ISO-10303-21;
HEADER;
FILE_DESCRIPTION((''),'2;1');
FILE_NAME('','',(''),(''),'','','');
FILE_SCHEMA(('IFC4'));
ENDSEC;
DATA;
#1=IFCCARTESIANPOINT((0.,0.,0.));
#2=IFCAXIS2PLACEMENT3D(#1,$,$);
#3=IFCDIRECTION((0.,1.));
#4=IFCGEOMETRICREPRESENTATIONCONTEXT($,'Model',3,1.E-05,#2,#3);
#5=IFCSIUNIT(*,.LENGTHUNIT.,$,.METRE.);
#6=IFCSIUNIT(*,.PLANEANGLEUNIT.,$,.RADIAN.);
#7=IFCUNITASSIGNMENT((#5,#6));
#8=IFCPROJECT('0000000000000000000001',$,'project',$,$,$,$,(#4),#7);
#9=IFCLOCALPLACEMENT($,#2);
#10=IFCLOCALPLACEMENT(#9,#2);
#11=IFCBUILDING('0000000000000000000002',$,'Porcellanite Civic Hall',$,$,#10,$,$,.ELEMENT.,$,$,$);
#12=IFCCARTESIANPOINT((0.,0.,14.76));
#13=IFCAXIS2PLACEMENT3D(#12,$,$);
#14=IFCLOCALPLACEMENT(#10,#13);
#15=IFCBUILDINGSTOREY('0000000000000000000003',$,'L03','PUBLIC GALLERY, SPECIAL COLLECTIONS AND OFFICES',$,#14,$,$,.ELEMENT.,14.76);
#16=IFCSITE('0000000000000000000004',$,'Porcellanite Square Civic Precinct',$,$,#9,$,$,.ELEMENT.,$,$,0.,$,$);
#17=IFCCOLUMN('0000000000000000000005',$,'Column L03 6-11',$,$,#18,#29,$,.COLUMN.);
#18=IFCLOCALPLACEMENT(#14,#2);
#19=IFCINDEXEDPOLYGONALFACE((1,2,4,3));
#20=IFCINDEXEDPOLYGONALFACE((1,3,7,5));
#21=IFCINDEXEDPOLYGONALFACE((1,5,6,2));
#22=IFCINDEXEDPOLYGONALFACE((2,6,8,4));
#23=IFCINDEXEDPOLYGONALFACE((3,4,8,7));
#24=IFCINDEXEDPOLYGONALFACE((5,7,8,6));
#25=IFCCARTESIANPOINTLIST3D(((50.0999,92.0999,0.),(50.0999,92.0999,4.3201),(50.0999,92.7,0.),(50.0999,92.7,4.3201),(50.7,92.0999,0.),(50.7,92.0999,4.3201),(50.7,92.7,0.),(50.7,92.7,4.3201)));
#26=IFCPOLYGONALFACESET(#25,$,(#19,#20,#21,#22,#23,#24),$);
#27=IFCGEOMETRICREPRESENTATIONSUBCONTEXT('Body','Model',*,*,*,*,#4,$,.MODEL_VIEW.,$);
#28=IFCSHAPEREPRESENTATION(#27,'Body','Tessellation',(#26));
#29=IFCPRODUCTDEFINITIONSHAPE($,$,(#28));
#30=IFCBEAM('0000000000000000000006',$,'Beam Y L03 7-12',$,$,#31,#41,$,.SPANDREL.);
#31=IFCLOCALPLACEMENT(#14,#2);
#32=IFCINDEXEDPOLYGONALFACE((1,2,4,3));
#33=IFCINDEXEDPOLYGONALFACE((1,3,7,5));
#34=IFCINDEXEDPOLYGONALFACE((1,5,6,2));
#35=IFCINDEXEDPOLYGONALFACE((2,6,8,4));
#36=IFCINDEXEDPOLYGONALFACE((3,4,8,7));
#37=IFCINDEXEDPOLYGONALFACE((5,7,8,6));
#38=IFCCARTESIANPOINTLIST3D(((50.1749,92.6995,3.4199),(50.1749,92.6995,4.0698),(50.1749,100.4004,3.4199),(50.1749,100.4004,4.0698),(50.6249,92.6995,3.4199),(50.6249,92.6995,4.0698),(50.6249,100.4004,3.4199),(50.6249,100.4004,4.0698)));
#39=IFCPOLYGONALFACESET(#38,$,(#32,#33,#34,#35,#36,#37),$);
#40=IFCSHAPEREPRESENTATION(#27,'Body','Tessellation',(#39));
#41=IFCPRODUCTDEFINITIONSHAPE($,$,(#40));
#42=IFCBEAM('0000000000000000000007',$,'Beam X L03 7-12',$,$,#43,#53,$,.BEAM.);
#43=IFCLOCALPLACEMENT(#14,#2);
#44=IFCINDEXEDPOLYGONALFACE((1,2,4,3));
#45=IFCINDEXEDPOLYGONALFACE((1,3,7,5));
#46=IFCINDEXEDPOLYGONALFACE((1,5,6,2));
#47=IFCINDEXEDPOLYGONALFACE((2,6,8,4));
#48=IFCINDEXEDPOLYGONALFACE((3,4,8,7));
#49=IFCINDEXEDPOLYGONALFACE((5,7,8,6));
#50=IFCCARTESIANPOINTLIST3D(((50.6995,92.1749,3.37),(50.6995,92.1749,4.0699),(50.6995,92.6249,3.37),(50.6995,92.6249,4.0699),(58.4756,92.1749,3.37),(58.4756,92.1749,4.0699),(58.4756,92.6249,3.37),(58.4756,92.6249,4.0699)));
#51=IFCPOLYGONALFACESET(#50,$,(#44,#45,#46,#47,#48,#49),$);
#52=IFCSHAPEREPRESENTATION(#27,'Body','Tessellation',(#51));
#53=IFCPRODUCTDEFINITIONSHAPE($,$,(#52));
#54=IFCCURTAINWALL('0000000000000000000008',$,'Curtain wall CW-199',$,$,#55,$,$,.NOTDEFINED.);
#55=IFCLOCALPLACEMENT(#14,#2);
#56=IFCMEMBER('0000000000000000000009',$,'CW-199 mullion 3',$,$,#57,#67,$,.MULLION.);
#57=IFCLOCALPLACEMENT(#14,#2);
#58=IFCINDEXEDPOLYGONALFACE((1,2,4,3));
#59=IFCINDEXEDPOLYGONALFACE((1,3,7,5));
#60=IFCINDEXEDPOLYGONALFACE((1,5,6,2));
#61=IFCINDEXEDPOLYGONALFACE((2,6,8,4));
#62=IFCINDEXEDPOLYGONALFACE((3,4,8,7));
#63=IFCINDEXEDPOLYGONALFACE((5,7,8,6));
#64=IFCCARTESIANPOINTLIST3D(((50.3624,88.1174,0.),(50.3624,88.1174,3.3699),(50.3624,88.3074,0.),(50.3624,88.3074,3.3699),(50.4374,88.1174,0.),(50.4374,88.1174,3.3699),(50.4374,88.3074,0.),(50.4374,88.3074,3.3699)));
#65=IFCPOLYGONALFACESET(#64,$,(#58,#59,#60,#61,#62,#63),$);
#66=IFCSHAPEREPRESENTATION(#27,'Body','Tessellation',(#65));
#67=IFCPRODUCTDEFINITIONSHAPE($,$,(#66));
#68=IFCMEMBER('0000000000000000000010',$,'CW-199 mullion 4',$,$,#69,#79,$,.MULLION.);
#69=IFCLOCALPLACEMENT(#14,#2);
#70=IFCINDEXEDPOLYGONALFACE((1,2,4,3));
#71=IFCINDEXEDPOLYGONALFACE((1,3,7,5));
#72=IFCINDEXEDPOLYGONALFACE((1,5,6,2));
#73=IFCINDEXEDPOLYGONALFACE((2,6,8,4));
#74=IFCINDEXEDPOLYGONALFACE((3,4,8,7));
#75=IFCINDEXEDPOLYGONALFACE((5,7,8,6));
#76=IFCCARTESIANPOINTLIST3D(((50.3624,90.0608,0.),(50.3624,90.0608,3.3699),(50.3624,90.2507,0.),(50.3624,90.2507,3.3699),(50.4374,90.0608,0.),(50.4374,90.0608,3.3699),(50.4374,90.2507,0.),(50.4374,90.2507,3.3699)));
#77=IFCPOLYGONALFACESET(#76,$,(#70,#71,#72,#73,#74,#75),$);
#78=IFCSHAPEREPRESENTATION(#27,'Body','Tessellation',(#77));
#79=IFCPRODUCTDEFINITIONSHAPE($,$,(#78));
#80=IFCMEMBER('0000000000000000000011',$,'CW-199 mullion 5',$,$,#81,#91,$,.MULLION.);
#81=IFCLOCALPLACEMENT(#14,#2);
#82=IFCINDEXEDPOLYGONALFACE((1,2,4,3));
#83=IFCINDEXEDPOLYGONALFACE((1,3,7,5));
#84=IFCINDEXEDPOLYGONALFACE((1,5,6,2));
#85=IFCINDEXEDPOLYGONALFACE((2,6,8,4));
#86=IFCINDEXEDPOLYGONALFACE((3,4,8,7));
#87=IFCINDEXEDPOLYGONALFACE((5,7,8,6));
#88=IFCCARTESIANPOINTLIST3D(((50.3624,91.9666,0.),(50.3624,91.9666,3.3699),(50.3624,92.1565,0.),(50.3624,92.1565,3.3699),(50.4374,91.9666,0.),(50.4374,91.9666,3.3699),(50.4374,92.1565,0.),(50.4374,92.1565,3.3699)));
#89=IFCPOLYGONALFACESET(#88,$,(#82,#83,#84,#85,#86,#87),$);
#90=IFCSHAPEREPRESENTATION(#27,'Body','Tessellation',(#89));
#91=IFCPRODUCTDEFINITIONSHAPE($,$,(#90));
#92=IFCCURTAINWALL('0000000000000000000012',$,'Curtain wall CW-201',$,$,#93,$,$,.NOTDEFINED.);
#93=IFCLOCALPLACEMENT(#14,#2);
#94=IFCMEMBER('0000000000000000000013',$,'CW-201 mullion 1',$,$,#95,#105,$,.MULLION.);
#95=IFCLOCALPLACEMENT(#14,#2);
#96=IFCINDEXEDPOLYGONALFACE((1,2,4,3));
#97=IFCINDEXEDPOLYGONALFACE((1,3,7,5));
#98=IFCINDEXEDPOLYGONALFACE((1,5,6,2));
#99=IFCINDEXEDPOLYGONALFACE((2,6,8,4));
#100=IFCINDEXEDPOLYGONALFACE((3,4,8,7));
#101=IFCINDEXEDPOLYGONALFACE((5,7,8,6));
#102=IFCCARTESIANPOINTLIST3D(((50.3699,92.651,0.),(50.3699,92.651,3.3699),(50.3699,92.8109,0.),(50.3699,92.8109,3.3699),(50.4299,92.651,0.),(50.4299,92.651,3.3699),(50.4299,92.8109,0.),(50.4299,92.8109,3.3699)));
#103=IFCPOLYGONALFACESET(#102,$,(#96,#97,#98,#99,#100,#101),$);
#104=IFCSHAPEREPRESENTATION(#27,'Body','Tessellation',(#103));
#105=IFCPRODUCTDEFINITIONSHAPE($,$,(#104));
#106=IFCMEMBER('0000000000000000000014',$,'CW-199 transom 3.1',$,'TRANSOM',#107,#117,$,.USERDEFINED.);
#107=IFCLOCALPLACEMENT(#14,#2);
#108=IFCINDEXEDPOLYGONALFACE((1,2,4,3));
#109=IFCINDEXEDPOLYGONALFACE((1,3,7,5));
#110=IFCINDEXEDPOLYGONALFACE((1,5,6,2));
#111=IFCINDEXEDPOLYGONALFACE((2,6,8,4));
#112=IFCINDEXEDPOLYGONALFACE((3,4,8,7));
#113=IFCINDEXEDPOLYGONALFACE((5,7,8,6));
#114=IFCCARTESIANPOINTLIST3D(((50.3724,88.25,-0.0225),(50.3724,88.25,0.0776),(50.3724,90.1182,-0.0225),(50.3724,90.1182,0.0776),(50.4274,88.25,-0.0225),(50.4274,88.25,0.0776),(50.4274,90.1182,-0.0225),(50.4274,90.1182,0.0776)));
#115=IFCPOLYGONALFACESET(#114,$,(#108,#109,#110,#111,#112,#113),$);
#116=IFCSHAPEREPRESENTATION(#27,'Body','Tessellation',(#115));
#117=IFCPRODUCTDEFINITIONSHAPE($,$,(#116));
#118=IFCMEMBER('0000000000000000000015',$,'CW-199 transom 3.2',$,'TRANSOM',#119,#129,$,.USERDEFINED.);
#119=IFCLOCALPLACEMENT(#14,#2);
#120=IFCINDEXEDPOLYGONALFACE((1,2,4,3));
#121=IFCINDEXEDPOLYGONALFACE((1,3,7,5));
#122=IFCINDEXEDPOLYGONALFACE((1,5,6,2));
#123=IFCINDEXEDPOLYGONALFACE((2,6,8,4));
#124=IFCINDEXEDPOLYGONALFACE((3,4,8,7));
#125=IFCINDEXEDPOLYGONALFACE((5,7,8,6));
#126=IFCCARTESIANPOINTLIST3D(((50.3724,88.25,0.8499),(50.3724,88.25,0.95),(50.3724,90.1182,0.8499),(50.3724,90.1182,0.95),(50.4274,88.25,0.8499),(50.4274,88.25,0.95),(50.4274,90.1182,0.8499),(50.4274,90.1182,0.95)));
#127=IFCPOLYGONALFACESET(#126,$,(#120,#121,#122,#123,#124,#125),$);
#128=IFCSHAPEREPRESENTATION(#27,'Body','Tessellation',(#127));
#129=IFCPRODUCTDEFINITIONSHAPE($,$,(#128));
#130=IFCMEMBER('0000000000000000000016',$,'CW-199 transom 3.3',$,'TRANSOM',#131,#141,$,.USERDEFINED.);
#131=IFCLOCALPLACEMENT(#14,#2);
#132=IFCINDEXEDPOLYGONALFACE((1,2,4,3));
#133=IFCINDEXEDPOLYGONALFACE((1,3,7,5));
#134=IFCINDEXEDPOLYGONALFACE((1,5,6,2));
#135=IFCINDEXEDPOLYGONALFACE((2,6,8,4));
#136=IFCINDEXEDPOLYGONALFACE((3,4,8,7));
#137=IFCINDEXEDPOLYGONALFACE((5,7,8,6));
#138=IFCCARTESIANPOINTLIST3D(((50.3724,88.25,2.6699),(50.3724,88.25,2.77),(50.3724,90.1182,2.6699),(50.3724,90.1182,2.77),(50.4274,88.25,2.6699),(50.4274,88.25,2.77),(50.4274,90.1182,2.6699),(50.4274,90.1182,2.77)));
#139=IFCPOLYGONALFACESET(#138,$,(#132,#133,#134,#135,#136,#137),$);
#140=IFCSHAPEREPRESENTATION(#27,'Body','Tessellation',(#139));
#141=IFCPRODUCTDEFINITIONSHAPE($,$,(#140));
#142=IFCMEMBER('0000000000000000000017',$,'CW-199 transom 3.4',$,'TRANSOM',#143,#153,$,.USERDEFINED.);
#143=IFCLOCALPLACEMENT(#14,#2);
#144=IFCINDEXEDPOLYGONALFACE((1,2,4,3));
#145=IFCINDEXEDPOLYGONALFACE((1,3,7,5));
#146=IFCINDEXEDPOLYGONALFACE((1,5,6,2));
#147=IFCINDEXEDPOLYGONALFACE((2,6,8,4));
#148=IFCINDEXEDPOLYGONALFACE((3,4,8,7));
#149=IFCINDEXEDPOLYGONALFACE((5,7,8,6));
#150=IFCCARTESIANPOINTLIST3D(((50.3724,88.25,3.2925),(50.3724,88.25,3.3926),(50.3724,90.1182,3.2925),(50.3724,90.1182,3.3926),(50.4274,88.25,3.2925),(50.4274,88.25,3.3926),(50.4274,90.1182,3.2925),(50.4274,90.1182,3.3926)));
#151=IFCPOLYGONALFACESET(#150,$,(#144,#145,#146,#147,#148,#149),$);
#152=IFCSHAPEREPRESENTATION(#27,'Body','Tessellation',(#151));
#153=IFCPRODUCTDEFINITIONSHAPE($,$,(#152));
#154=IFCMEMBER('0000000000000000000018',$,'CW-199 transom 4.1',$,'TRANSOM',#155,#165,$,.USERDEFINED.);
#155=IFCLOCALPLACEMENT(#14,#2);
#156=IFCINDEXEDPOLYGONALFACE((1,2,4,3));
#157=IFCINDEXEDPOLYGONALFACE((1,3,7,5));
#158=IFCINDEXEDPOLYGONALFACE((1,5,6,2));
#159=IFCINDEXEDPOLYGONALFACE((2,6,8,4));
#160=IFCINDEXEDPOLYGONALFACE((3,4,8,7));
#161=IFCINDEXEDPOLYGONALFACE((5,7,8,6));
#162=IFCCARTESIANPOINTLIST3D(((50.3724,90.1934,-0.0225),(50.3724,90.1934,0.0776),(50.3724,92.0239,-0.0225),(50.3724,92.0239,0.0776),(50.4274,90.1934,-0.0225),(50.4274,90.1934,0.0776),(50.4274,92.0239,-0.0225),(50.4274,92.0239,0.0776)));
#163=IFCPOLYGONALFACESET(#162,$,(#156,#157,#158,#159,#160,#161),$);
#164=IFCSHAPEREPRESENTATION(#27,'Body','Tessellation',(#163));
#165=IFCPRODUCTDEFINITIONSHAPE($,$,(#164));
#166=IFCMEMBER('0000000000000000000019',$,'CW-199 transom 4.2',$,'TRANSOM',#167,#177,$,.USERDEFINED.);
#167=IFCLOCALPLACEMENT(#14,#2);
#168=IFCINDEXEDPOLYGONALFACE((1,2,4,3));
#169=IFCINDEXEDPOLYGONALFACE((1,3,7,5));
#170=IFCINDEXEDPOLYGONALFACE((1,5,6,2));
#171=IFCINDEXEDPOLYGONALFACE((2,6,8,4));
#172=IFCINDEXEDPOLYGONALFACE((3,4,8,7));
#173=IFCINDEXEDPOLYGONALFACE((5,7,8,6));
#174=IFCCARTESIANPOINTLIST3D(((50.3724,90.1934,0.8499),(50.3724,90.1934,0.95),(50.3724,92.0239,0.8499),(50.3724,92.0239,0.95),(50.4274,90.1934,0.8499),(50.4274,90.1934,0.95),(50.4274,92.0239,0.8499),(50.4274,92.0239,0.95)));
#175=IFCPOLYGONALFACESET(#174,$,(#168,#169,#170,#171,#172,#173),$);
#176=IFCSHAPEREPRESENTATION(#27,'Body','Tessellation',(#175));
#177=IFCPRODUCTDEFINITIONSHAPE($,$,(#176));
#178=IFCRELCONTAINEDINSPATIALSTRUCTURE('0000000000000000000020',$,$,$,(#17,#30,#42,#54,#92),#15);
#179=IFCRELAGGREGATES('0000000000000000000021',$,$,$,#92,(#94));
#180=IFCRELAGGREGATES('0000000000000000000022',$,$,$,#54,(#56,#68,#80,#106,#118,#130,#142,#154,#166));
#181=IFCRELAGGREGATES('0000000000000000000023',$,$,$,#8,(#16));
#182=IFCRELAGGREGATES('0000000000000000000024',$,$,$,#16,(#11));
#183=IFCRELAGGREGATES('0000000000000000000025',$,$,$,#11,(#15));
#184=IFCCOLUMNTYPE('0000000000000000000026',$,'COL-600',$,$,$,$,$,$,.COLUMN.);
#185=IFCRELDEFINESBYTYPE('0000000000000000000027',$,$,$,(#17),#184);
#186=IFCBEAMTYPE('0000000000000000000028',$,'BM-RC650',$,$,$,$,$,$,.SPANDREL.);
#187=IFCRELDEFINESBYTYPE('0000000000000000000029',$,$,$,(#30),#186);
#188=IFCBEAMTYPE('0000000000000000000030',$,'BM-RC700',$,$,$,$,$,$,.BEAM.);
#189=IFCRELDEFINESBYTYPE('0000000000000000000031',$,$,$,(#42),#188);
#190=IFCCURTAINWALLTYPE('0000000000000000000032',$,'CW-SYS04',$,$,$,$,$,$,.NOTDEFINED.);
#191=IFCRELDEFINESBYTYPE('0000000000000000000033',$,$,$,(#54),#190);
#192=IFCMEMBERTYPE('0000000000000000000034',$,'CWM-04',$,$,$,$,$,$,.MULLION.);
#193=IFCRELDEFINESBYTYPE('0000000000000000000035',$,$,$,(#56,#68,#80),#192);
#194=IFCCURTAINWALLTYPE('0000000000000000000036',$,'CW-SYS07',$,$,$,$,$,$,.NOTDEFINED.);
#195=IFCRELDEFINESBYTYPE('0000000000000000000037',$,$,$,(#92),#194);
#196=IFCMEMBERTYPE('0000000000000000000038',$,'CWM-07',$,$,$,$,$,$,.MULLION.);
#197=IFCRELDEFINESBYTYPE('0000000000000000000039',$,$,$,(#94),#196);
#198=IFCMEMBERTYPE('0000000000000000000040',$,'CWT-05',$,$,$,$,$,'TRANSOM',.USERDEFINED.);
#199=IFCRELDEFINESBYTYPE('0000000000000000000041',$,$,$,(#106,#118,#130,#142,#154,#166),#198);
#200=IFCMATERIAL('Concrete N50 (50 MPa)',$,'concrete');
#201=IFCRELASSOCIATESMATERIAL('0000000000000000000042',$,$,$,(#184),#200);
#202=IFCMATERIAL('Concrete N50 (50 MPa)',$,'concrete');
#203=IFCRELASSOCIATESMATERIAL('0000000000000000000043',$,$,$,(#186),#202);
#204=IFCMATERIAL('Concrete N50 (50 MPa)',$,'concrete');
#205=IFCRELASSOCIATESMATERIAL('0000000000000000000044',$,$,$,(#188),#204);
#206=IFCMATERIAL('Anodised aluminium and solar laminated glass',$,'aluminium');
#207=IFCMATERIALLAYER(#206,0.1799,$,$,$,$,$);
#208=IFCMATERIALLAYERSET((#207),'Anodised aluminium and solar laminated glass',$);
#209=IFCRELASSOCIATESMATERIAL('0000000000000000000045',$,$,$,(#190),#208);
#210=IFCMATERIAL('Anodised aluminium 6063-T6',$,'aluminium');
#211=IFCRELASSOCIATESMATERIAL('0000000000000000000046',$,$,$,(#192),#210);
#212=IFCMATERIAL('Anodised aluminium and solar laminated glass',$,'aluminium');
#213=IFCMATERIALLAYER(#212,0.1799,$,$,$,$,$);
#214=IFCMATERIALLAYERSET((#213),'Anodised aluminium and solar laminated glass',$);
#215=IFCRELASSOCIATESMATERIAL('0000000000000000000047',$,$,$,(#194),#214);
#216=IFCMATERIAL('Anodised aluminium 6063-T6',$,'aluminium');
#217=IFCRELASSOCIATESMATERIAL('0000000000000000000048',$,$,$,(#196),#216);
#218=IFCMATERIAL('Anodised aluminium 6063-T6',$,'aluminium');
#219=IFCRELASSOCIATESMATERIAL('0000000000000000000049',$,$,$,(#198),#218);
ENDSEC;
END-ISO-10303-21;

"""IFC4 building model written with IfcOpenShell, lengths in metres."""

from ifc_helpers import new_model, si_unit, direction, frame, origin, origin_2d, place, context, subcontext, project, spatial, rectangle, extrude, material, layer, layer_set, material_profile, profile_set, type_object, element, aggregate, save


model = new_model("IFC4")

# Units and contexts
model_context = context("Model", 3, precision=1e-05, world=origin(), true_north=direction((0.0, 1.0)))
body_context = subcontext(model_context, "Body", "Model", "MODEL_VIEW")
ifc_project = project(units=[si_unit("LENGTHUNIT", "METRE"), si_unit("PLANEANGLEUNIT", "RADIAN")], contexts=[model_context])

# Site, building, storey
site_placement = place(None, origin())
site = spatial("IfcSite", under=ifc_project, at=site_placement, Name="Porcellanite Square Civic Precinct", CompositionType="ELEMENT", RefElevation=0.0)
building_placement = place(site_placement, origin())
building = spatial("IfcBuilding", under=site, at=building_placement, Name="Porcellanite Civic Hall", CompositionType="ELEMENT")
storey_placement = place(building_placement, frame((0.0, 0.0, 14.76)))
storey = spatial("IfcBuildingStorey", under=building, at=storey_placement, Name="L03", Description="PUBLIC GALLERY, SPECIAL COLLECTIONS AND OFFICES", CompositionType="ELEMENT", Elevation=14.76)

# Column
ifc_material_1 = material(Name="Concrete N50 (50 MPa)", Category="concrete")
ifc_material_profile_1 = material_profile(ifc_material_1, rectangle(XDim=0.6001, YDim=0.6001, at=origin_2d()), Name="RC-600x600")
ifc_profile_set_1 = profile_set([ifc_material_profile_1], Name="Concrete N50 (50 MPa)")
column_type = type_object("IfcColumnType", Name="COL-600", PredefinedType="COLUMN", material=ifc_profile_set_1)
column_placement = place(storey_placement, frame((50.3999, 92.3999, 0.0), z_axis=(0.0, 0.0, 1.0), x_axis=(1.0, 0.0, 0.0)))
element("IfcColumn", 1, at=column_placement, inside=storey, type_object=column_type, Name="Column L03 6-11", PredefinedType="COLUMN", context=body_context, shape_type="SweptSolid", body=[
    extrude(rectangle(XDim=0.6001, YDim=0.6001, at=origin_2d()), origin(), (0.0, 0.0, 1.0), 4.3201),
])

# Beams
ifc_material_2 = material(Name="Concrete N50 (50 MPa)", Category="concrete")
ifc_material_profile_2 = material_profile(ifc_material_2, rectangle(XDim=0.45, YDim=0.6499, at=origin_2d()), Name="RC-450x650")
ifc_profile_set_2 = profile_set([ifc_material_profile_2], Name="Concrete N50 (50 MPa)")
beam_type_1 = type_object("IfcBeamType", Name="BM-RC650", PredefinedType="SPANDREL", material=ifc_profile_set_2)
beam_1_placement = place(storey_placement, frame((50.3999, 92.6995, 3.7449), z_axis=(0.0, 1.0, 0.0), x_axis=(-1.0, 0.0, 0.0)))
element("IfcBeam", 2, at=beam_1_placement, inside=storey, type_object=beam_type_1, Name="Beam Y L03 7-12", PredefinedType="SPANDREL", context=body_context, shape_type="SweptSolid", body=[
    extrude(rectangle(XDim=0.45, YDim=0.6499, at=origin_2d()), origin(), (0.0, 0.0, 1.0), 7.7009),
])
ifc_material_3 = material(Name="Concrete N50 (50 MPa)", Category="concrete")
ifc_material_profile_3 = material_profile(ifc_material_3, rectangle(XDim=0.45, YDim=0.7, at=origin_2d()), Name="RC-450x700")
ifc_profile_set_3 = profile_set([ifc_material_profile_3], Name="Concrete N50 (50 MPa)")
beam_type_2 = type_object("IfcBeamType", Name="BM-RC700", PredefinedType="BEAM", material=ifc_profile_set_3)
beam_2_placement = place(storey_placement, frame((50.6995, 92.3999, 3.72), z_axis=(1.0, 0.0, 0.0), x_axis=(0.0, 1.0, 0.0)))
element("IfcBeam", 3, at=beam_2_placement, inside=storey, type_object=beam_type_2, Name="Beam X L03 7-12", PredefinedType="BEAM", context=body_context, shape_type="SweptSolid", body=[
    extrude(rectangle(XDim=0.45, YDim=0.7, at=origin_2d()), origin(), (0.0, 0.0, 1.0), 7.7761),
])

# Curtain wall, members
ifc_material_4 = material(Name="Anodised aluminium and solar laminated glass", Category="aluminium")
ifc_layer_1 = layer(ifc_material_4, 0.1799)
ifc_layer_set_1 = layer_set([ifc_layer_1], Name="Anodised aluminium and solar laminated glass")
curtain_wall_type_1 = type_object("IfcCurtainWallType", Name="CW-SYS04", PredefinedType="NOTDEFINED", material=ifc_layer_set_1)
curtain_wall_1_placement = place(storey_placement, origin())
curtain_wall_1 = element("IfcCurtainWall", 4, at=curtain_wall_1_placement, inside=storey, type_object=curtain_wall_type_1, Name="Curtain wall CW-199", PredefinedType="NOTDEFINED")
ifc_material_5 = material(Name="Anodised aluminium 6063-T6", Category="aluminium")
ifc_material_profile_4 = material_profile(ifc_material_5, rectangle(XDim=0.075, YDim=0.1899, at=origin_2d()), Name="AL-75x190")
ifc_profile_set_4 = profile_set([ifc_material_profile_4], Name="Anodised aluminium 6063-T6")
member_type_1 = type_object("IfcMemberType", Name="CWM-04", PredefinedType="MULLION", material=ifc_profile_set_4)
member_1_placement = place(storey_placement, frame((50.3999, 88.2124, 0.0), z_axis=(0.0, 0.0, 1.0), x_axis=(-1.0, 0.0, 0.0)))
member_1 = element("IfcMember", 5, at=member_1_placement, type_object=member_type_1, Name="CW-199 mullion 3", PredefinedType="MULLION", context=body_context, shape_type="SweptSolid", body=[
    extrude(rectangle(XDim=0.075, YDim=0.1899, at=origin_2d()), origin(), (0.0, 0.0, 1.0), 3.3699),
])
member_2_placement = place(storey_placement, frame((50.3999, 90.1558, 0.0), z_axis=(0.0, 0.0, 1.0), x_axis=(-1.0, 0.0, 0.0)))
member_2 = element("IfcMember", 6, at=member_2_placement, type_object=member_type_1, Name="CW-199 mullion 4", PredefinedType="MULLION", context=body_context, shape_type="SweptSolid", body=[
    extrude(rectangle(XDim=0.075, YDim=0.1899, at=origin_2d()), origin(), (0.0, 0.0, 1.0), 3.3699),
])
member_3_placement = place(storey_placement, frame((50.3999, 92.0615, 0.0), z_axis=(0.0, 0.0, 1.0), x_axis=(-1.0, 0.0, 0.0)))
member_3 = element("IfcMember", 7, at=member_3_placement, type_object=member_type_1, Name="CW-199 mullion 5", PredefinedType="MULLION", context=body_context, shape_type="SweptSolid", body=[
    extrude(rectangle(XDim=0.075, YDim=0.1899, at=origin_2d()), origin(), (0.0, 0.0, 1.0), 3.3699),
])

# Curtain wall, member
ifc_material_6 = material(Name="Anodised aluminium and solar laminated glass", Category="aluminium")
ifc_layer_2 = layer(ifc_material_6, 0.1799)
ifc_layer_set_2 = layer_set([ifc_layer_2], Name="Anodised aluminium and solar laminated glass")
curtain_wall_type_2 = type_object("IfcCurtainWallType", Name="CW-SYS07", PredefinedType="NOTDEFINED", material=ifc_layer_set_2)
curtain_wall_2_placement = place(storey_placement, origin())
curtain_wall_2 = element("IfcCurtainWall", 8, at=curtain_wall_2_placement, inside=storey, type_object=curtain_wall_type_2, Name="Curtain wall CW-201", PredefinedType="NOTDEFINED")
ifc_material_7 = material(Name="Anodised aluminium 6063-T6", Category="aluminium")
ifc_material_profile_5 = material_profile(ifc_material_7, rectangle(XDim=0.0601, YDim=0.1599, at=origin_2d()), Name="AL-60x160")
ifc_profile_set_5 = profile_set([ifc_material_profile_5], Name="Anodised aluminium 6063-T6")
member_type_2 = type_object("IfcMemberType", Name="CWM-07", PredefinedType="MULLION", material=ifc_profile_set_5)
member_4_placement = place(storey_placement, frame((50.3999, 92.731, 0.0), z_axis=(0.0, 0.0, 1.0), x_axis=(-1.0, 0.0, 0.0)))
member_4 = element("IfcMember", 9, at=member_4_placement, type_object=member_type_2, Name="CW-201 mullion 1", PredefinedType="MULLION", context=body_context, shape_type="SweptSolid", body=[
    extrude(rectangle(XDim=0.0601, YDim=0.1599, at=origin_2d()), origin(), (0.0, 0.0, 1.0), 3.3699),
])

# Members
ifc_material_8 = material(Name="Anodised aluminium 6063-T6", Category="aluminium")
ifc_material_profile_6 = material_profile(ifc_material_8, rectangle(XDim=0.0549, YDim=0.1001, at=origin_2d()), Name="AL-55x100")
ifc_profile_set_6 = profile_set([ifc_material_profile_6], Name="Anodised aluminium 6063-T6")
member_type_3 = type_object("IfcMemberType", Name="CWT-05", ElementType="TRANSOM", PredefinedType="USERDEFINED", material=ifc_profile_set_6)
member_5_placement = place(storey_placement, frame((50.3999, 88.25, 0.0276), z_axis=(0.0, 1.0, 0.0), x_axis=(-1.0, 0.0, 0.0)))
member_5 = element("IfcMember", 10, at=member_5_placement, type_object=member_type_3, Name="CW-199 transom 3.1", ObjectType="TRANSOM", PredefinedType="USERDEFINED", context=body_context, shape_type="SweptSolid", body=[
    extrude(rectangle(XDim=0.0549, YDim=0.1001, at=origin_2d()), origin(), (0.0, 0.0, 1.0), 1.8682),
])
member_6_placement = place(storey_placement, frame((50.3999, 88.25, 0.8999), z_axis=(0.0, 1.0, 0.0), x_axis=(-1.0, 0.0, 0.0)))
member_6 = element("IfcMember", 11, at=member_6_placement, type_object=member_type_3, Name="CW-199 transom 3.2", ObjectType="TRANSOM", PredefinedType="USERDEFINED", context=body_context, shape_type="SweptSolid", body=[
    extrude(rectangle(XDim=0.0549, YDim=0.1001, at=origin_2d()), origin(), (0.0, 0.0, 1.0), 1.8682),
])
member_7_placement = place(storey_placement, frame((50.3999, 88.25, 2.72), z_axis=(0.0, 1.0, 0.0), x_axis=(-1.0, 0.0, 0.0)))
member_7 = element("IfcMember", 12, at=member_7_placement, type_object=member_type_3, Name="CW-199 transom 3.3", ObjectType="TRANSOM", PredefinedType="USERDEFINED", context=body_context, shape_type="SweptSolid", body=[
    extrude(rectangle(XDim=0.0549, YDim=0.1001, at=origin_2d()), origin(), (0.0, 0.0, 1.0), 1.8682),
])
member_8_placement = place(storey_placement, frame((50.3999, 88.25, 3.3425), z_axis=(0.0, 1.0, 0.0), x_axis=(-1.0, 0.0, 0.0)))
member_8 = element("IfcMember", 13, at=member_8_placement, type_object=member_type_3, Name="CW-199 transom 3.4", ObjectType="TRANSOM", PredefinedType="USERDEFINED", context=body_context, shape_type="SweptSolid", body=[
    extrude(rectangle(XDim=0.0549, YDim=0.1001, at=origin_2d()), origin(), (0.0, 0.0, 1.0), 1.8682),
])
member_9_placement = place(storey_placement, frame((50.3999, 90.1934, 0.0276), z_axis=(0.0, 1.0, 0.0), x_axis=(-1.0, 0.0, 0.0)))
member_9 = element("IfcMember", 14, at=member_9_placement, type_object=member_type_3, Name="CW-199 transom 4.1", ObjectType="TRANSOM", PredefinedType="USERDEFINED", context=body_context, shape_type="SweptSolid", body=[
    extrude(rectangle(XDim=0.0549, YDim=0.1001, at=origin_2d()), origin(), (0.0, 0.0, 1.0), 1.8306),
])
member_10_placement = place(storey_placement, frame((50.3999, 90.1934, 0.8999), z_axis=(0.0, 1.0, 0.0), x_axis=(-1.0, 0.0, 0.0)))
member_10 = element("IfcMember", 15, at=member_10_placement, type_object=member_type_3, Name="CW-199 transom 4.2", ObjectType="TRANSOM", PredefinedType="USERDEFINED", context=body_context, shape_type="SweptSolid", body=[
    extrude(rectangle(XDim=0.0549, YDim=0.1001, at=origin_2d()), origin(), (0.0, 0.0, 1.0), 1.8306),
])
aggregate(curtain_wall_2, [member_4])

aggregate(curtain_wall_1, [member_1, member_2, member_3, member_5, member_6, member_7, member_8, member_9, member_10])

save(model, "model.ifc")
